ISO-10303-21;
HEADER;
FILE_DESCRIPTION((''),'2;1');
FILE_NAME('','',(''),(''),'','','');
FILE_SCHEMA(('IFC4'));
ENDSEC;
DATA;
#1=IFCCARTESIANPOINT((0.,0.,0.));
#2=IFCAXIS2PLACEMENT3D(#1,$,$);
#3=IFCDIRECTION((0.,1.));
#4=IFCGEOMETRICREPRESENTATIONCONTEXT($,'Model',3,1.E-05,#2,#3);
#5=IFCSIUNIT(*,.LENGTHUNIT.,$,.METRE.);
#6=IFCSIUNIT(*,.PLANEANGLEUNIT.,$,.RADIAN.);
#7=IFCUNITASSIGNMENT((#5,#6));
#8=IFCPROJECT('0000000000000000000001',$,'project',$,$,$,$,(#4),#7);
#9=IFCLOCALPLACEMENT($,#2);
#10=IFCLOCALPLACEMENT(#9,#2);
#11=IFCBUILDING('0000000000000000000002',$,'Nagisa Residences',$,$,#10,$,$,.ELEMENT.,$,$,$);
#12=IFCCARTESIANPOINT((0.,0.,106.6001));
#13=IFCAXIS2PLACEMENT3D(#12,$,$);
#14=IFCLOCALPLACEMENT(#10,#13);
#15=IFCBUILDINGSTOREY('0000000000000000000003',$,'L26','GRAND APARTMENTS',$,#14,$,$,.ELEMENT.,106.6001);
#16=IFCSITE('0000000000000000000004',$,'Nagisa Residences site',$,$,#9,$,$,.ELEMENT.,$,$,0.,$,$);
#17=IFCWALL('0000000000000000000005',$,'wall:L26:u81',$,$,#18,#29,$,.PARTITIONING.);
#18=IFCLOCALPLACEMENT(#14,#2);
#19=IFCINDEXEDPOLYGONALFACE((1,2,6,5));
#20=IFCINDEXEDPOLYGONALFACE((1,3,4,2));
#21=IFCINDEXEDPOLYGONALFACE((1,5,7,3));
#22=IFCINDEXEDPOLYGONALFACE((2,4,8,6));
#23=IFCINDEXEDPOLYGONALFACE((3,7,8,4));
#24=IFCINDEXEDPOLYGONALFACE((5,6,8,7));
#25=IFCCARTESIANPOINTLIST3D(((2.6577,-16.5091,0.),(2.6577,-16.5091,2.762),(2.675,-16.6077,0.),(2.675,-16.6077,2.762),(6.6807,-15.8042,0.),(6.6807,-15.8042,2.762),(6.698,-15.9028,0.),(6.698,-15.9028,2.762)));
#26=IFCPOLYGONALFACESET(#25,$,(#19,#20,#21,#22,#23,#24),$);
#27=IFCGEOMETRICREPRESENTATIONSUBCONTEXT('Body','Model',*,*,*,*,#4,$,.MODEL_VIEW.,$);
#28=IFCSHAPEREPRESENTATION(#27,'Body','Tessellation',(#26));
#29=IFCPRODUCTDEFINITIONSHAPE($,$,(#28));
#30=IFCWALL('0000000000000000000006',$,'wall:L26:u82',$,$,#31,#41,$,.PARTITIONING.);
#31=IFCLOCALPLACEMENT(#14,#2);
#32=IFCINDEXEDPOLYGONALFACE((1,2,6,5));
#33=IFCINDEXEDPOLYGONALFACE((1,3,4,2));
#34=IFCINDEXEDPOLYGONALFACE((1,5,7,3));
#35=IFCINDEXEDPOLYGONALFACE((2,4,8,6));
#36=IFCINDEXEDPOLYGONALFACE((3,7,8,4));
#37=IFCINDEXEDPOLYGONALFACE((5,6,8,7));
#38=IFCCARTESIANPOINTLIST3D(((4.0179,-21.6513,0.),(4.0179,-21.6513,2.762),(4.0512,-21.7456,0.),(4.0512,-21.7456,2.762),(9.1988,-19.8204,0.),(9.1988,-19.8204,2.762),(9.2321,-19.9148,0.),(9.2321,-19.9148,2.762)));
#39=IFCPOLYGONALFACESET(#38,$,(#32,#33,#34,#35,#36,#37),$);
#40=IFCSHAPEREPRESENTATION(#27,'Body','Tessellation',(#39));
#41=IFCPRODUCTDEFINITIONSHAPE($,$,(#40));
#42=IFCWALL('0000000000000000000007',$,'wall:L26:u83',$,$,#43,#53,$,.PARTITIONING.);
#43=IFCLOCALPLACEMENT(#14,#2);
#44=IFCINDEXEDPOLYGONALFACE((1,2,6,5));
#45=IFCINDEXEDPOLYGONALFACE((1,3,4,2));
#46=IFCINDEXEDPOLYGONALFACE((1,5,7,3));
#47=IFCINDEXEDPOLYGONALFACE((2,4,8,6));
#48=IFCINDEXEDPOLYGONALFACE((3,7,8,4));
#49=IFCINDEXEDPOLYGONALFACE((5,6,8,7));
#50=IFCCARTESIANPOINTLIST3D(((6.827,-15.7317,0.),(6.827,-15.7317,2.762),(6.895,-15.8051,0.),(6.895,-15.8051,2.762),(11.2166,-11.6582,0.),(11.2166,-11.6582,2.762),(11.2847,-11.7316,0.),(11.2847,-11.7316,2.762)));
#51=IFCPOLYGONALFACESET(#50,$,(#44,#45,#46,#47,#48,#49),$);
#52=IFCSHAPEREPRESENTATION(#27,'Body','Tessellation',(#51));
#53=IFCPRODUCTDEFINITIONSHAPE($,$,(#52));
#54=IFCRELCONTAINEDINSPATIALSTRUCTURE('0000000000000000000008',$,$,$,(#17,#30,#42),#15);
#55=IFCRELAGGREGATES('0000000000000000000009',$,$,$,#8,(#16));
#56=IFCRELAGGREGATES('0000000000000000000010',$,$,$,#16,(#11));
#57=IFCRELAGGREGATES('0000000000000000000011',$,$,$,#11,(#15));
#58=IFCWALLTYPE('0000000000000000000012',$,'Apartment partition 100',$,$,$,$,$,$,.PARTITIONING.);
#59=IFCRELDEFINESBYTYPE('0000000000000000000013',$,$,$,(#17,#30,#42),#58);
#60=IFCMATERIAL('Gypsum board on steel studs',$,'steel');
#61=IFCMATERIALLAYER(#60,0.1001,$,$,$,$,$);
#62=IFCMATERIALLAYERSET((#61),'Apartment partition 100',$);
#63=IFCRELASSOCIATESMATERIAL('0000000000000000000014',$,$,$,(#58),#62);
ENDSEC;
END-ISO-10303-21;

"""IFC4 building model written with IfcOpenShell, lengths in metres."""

from ifc_helpers import new_model, si_unit, direction, frame, frame_2d, origin, place, context, subcontext, project, spatial, rectangle, extrude, material, layer, layer_set, type_object, element, save


model = new_model("IFC4")

# Units and contexts
model_context = context("Model", 3, precision=1e-05, world=origin(), true_north=direction((0.0, 1.0)))
body_context = subcontext(model_context, "Body", "Model", "MODEL_VIEW")
ifc_project = project(units=[si_unit("LENGTHUNIT", "METRE"), si_unit("PLANEANGLEUNIT", "RADIAN")], contexts=[model_context])

# Site, building, storey
site_placement = place(None, origin())
site = spatial("IfcSite", under=ifc_project, at=site_placement, Name="Nagisa Residences site", CompositionType="ELEMENT", RefElevation=0.0)
building_placement = place(site_placement, origin())
building = spatial("IfcBuilding", under=site, at=building_placement, Name="Nagisa Residences", CompositionType="ELEMENT")
storey_placement = place(building_placement, frame((0.0, 0.0, 106.6001)))
storey = spatial("IfcBuildingStorey", under=building, at=storey_placement, Name="L26", Description="GRAND APARTMENTS", CompositionType="ELEMENT", Elevation=106.6001)

# Shared definitions
ifc_material_1 = material(Name="Gypsum board on steel studs", Category="steel")
ifc_layer_1 = layer(ifc_material_1, 0.1001)
ifc_layer_set_1 = layer_set([ifc_layer_1], Name="Apartment partition 100")
wall_type_1 = type_object("IfcWallType", Name="Apartment partition 100", PredefinedType="PARTITIONING", material=ifc_layer_set_1)

# Walls
wall_1_placement = place(storey_placement, frame((2.6665, -16.5583, 0.0), z_axis=(0.0, 0.0, 1.0), x_axis=(0.984996, 0.172575, 0.0)))
element("IfcWall", 1, at=wall_1_placement, inside=storey, type_object=wall_type_1, Name="wall:L26:u81", PredefinedType="PARTITIONING", context=body_context, shape_type="SweptSolid", body=[
    extrude(rectangle(XDim=4.0842, YDim=0.1001, at=frame_2d((2.042, 0.0))), origin(), (0.0, 0.0, 1.0), 2.762),
])
wall_2_placement = place(storey_placement, frame((4.0344, -21.6985, 0.0), z_axis=(0.0, 0.0, 1.0), x_axis=(0.942861, 0.333185, 0.0)))
element("IfcWall", 2, at=wall_2_placement, inside=storey, type_object=wall_type_1, Name="wall:L26:u82", PredefinedType="PARTITIONING", context=body_context, shape_type="SweptSolid", body=[
    extrude(rectangle(XDim=5.4949, YDim=0.1001, at=frame_2d((2.7476, 0.0))), origin(), (0.0, 0.0, 1.0), 2.762),
])
wall_3_placement = place(storey_placement, frame((6.8611, -15.7683, 0.0), z_axis=(0.0, 0.0, 1.0), x_axis=(0.733011, 0.680217, 0.0)))
element("IfcWall", 3, at=wall_3_placement, inside=storey, type_object=wall_type_1, Name="wall:L26:u83", PredefinedType="PARTITIONING", context=body_context, shape_type="SweptSolid", body=[
    extrude(rectangle(XDim=5.9885, YDim=0.1001, at=frame_2d((2.9941, 0.0))), origin(), (0.0, 0.0, 1.0), 2.762),
])

save(model, "model.ifc")
